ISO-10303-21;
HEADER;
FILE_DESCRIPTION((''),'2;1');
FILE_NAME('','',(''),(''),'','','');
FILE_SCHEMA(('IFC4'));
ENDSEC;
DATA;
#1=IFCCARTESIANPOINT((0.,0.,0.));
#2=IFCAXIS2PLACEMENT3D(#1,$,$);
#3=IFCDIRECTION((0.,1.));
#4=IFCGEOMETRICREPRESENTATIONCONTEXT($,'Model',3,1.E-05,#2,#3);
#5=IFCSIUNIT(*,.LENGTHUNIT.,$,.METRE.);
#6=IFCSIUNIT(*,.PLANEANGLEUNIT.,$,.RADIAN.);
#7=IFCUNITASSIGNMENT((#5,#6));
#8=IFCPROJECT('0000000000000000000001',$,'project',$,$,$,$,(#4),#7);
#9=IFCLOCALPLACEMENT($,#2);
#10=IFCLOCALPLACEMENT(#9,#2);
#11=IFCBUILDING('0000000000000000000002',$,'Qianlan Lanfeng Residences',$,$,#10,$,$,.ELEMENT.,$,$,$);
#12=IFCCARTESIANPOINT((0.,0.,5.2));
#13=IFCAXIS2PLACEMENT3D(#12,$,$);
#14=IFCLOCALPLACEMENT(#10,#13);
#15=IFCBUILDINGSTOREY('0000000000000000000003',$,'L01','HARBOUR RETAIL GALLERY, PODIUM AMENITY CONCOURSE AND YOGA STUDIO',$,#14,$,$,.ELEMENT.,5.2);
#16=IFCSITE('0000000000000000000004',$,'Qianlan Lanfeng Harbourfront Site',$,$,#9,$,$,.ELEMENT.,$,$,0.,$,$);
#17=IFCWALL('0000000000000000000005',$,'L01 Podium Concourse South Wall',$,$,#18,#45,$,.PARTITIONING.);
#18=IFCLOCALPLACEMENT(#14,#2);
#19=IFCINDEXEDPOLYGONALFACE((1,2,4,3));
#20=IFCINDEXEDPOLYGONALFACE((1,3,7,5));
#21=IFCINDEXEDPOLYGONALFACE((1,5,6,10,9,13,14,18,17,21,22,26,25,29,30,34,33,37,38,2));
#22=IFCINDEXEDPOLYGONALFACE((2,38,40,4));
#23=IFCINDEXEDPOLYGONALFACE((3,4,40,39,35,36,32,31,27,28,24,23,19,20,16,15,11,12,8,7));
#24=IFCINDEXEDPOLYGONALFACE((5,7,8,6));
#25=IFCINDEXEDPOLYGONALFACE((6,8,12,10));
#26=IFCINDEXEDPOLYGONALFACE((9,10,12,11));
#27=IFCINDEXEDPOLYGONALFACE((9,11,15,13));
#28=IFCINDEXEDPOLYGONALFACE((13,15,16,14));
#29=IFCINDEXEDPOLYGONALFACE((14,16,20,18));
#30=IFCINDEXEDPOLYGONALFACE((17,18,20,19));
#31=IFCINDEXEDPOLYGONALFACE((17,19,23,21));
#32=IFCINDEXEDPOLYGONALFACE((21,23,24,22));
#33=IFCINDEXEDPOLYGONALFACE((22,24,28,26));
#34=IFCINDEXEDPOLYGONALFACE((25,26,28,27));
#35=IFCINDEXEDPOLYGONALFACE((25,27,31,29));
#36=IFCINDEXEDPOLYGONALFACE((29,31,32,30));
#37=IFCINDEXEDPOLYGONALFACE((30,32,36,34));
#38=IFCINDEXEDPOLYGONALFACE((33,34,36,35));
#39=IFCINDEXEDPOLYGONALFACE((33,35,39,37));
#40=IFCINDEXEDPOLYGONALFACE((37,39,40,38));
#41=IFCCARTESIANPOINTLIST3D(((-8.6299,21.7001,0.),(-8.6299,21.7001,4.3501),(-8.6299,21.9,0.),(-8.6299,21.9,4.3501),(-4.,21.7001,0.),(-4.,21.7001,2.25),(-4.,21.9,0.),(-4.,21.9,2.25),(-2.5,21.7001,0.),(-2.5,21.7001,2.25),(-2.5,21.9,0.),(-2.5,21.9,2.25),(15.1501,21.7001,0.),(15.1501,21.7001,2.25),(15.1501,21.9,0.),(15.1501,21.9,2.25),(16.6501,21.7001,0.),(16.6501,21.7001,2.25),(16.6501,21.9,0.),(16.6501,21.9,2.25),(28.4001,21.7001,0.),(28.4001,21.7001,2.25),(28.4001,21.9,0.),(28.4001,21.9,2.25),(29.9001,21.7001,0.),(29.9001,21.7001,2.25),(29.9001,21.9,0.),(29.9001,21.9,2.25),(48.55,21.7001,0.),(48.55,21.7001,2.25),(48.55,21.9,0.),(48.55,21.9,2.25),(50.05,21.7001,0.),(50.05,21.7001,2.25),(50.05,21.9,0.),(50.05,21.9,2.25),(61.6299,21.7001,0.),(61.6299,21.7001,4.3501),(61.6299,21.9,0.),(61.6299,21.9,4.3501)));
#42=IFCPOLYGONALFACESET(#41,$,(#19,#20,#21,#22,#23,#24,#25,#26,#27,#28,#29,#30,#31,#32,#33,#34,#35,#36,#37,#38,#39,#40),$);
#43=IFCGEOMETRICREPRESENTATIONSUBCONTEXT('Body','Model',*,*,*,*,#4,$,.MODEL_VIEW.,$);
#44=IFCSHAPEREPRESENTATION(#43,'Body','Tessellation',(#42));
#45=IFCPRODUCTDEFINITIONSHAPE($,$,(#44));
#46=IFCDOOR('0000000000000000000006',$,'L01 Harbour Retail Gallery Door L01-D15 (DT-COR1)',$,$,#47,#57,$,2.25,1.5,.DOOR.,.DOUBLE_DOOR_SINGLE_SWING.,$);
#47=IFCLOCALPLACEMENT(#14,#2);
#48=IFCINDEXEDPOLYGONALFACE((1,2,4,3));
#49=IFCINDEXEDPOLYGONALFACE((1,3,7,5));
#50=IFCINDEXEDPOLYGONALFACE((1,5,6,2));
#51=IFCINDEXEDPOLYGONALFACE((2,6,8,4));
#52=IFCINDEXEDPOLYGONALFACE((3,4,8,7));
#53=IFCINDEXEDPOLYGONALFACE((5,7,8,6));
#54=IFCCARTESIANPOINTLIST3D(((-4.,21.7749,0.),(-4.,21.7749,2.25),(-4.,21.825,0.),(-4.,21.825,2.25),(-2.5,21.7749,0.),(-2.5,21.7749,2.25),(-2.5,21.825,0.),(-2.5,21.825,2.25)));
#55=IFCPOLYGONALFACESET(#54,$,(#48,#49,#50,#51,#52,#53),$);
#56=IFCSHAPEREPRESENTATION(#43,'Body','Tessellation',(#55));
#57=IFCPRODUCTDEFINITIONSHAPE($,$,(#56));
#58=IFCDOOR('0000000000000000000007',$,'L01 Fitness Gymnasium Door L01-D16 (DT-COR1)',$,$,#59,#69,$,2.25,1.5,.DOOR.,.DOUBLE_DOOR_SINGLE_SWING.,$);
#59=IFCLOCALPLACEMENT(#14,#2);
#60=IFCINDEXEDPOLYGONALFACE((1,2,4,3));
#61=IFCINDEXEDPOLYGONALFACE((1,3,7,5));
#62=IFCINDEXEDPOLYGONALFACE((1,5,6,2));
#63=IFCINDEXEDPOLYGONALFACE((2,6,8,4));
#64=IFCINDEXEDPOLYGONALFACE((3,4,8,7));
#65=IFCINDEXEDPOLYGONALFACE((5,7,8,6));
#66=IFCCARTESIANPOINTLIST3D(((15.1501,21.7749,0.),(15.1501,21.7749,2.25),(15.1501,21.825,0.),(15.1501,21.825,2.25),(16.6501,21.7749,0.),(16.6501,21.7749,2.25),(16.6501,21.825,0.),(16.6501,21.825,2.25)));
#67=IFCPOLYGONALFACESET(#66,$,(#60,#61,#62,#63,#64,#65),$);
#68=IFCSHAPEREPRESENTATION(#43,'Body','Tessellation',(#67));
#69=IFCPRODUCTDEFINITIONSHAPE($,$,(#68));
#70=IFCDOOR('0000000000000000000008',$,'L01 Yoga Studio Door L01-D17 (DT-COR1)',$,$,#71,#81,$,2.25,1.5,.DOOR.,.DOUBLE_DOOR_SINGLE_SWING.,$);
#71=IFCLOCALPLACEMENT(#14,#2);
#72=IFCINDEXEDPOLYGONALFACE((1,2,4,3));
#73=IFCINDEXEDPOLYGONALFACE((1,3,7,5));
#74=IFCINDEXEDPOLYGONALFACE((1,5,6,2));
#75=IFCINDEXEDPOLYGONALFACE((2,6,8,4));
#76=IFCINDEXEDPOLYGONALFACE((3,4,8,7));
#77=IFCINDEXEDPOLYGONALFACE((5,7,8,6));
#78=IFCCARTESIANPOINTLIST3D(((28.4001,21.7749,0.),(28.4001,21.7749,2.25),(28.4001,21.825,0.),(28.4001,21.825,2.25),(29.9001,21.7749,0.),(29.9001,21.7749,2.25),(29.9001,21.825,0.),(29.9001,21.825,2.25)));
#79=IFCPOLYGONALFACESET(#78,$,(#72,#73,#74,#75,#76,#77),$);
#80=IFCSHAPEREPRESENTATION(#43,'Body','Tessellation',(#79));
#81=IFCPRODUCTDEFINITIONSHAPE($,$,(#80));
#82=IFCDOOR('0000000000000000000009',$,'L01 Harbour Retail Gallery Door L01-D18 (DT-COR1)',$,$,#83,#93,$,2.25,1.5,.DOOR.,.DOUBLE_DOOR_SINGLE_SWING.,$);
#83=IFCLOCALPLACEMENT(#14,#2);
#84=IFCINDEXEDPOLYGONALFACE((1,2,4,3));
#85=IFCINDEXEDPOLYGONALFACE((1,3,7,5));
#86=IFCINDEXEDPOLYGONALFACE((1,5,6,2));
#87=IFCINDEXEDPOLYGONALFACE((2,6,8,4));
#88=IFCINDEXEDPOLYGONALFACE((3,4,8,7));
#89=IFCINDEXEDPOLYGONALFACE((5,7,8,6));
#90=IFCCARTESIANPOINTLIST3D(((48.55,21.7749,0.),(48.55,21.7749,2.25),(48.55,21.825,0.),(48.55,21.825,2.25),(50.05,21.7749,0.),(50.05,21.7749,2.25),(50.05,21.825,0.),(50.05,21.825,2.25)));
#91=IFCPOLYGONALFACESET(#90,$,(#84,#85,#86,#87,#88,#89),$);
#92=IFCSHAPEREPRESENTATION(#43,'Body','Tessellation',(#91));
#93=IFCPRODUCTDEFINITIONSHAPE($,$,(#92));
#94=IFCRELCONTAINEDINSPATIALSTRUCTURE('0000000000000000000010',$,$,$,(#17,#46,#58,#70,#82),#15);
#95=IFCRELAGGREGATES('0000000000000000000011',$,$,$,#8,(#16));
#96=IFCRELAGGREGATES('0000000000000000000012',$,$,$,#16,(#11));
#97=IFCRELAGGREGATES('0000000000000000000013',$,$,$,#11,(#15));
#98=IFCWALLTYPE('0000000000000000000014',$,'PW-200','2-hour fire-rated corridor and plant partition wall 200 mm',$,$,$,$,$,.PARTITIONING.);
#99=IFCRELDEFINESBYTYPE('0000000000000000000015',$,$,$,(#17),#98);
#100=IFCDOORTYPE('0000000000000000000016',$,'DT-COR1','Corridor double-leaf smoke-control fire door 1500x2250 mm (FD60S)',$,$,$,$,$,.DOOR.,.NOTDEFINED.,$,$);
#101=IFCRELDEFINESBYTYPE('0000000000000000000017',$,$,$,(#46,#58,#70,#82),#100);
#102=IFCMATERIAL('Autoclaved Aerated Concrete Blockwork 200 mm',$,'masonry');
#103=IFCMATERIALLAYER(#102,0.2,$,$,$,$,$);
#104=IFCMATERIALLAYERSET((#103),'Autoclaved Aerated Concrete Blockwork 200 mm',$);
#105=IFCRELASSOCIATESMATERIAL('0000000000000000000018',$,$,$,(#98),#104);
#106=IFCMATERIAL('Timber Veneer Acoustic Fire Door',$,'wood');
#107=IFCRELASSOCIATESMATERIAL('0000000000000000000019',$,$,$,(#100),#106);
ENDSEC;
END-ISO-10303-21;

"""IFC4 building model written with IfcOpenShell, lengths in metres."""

from ifc_helpers import new_model, si_unit, direction, frame, frame_2d, origin, place, context, subcontext, project, spatial, rectangle, extrude, material, layer, layer_set, type_object, element, fill, save


model = new_model("IFC4")

# Units and contexts
model_context = context("Model", 3, precision=1e-05, world=origin(), true_north=direction((0.0, 1.0)))
body_context = subcontext(model_context, "Body", "Model", "MODEL_VIEW")
ifc_project = project(units=[si_unit("LENGTHUNIT", "METRE"), si_unit("PLANEANGLEUNIT", "RADIAN")], contexts=[model_context])

# Site, building, storey
site_placement = place(None, origin())
site = spatial("IfcSite", under=ifc_project, at=site_placement, Name="Qianlan Lanfeng Harbourfront Site", CompositionType="ELEMENT", RefElevation=0.0)
building_placement = place(site_placement, origin())
building = spatial("IfcBuilding", under=site, at=building_placement, Name="Qianlan Lanfeng Residences", CompositionType="ELEMENT")
storey_placement = place(building_placement, frame((0.0, 0.0, 5.2)))
storey = spatial("IfcBuildingStorey", under=building, at=storey_placement, Name="L01", Description="HARBOUR RETAIL GALLERY, PODIUM AMENITY CONCOURSE AND YOGA STUDIO", CompositionType="ELEMENT", Elevation=5.2)

# Wall, openings, doors
ifc_material_1 = material(Name="Autoclaved Aerated Concrete Blockwork 200 mm", Category="masonry")
ifc_layer_1 = layer(ifc_material_1, 0.2)
ifc_layer_set_1 = layer_set([ifc_layer_1], Name="Autoclaved Aerated Concrete Blockwork 200 mm")
wall_type = type_object("IfcWallType", Name="PW-200", Description="2-hour fire-rated corridor and plant partition wall 200 mm", PredefinedType="PARTITIONING", material=ifc_layer_set_1)
wall_placement = place(storey_placement, frame((-8.6299, 21.8, 0.0), z_axis=(0.0, 0.0, 1.0), x_axis=(1.0, 0.0, 0.0)))
wall = element("IfcWall", 1, at=wall_placement, inside=storey, type_object=wall_type, Name="L01 Podium Concourse South Wall", PredefinedType="PARTITIONING", context=body_context, shape_type="SweptSolid", body=[
    extrude(rectangle(XDim=70.2598, YDim=0.2, at=frame_2d((35.1299, 0.0))), origin(), (0.0, 0.0, 1.0), 4.3501),
])
opening_1_placement = place(wall_placement, frame((4.6299, 0.0, 0.0)))
opening_1 = element("IfcOpeningElement", 2, at=opening_1_placement, cuts=wall, PredefinedType="OPENING", context=body_context, shape_type="SweptSolid", body=[
    extrude(rectangle(XDim=1.5, YDim=2.25, at=frame_2d((0.75, 1.125))), frame((0.0, 0.1099, 0.0), z_axis=(0.0, -1.0, 0.0), x_axis=(1.0, 0.0, 0.0)), (0.0, 0.0, 1.0), 0.22),
])
opening_2_placement = place(wall_placement, frame((23.78, 0.0, 0.0)))
opening_2 = element("IfcOpeningElement", 3, at=opening_2_placement, cuts=wall, PredefinedType="OPENING", context=body_context, shape_type="SweptSolid", body=[
    extrude(rectangle(XDim=1.5, YDim=2.25, at=frame_2d((0.75, 1.125))), frame((0.0, 0.1099, 0.0), z_axis=(0.0, -1.0, 0.0), x_axis=(1.0, 0.0, 0.0)), (0.0, 0.0, 1.0), 0.22),
])
opening_3_placement = place(wall_placement, frame((37.03, 0.0, 0.0)))
opening_3 = element("IfcOpeningElement", 4, at=opening_3_placement, cuts=wall, PredefinedType="OPENING", context=body_context, shape_type="SweptSolid", body=[
    extrude(rectangle(XDim=1.5, YDim=2.25, at=frame_2d((0.75, 1.125))), frame((0.0, 0.1099, 0.0), z_axis=(0.0, -1.0, 0.0), x_axis=(1.0, 0.0, 0.0)), (0.0, 0.0, 1.0), 0.22),
])
opening_4_placement = place(wall_placement, frame((57.1799, 0.0, 0.0)))
opening_4 = element("IfcOpeningElement", 5, at=opening_4_placement, cuts=wall, PredefinedType="OPENING", context=body_context, shape_type="SweptSolid", body=[
    extrude(rectangle(XDim=1.5, YDim=2.25, at=frame_2d((0.75, 1.125))), frame((0.0, 0.1099, 0.0), z_axis=(0.0, -1.0, 0.0), x_axis=(1.0, 0.0, 0.0)), (0.0, 0.0, 1.0), 0.22),
])
ifc_material_2 = material(Name="Timber Veneer Acoustic Fire Door", Category="wood")
door_type = type_object("IfcDoorType", Name="DT-COR1", Description="Corridor double-leaf smoke-control fire door 1500x2250 mm (FD60S)", OperationType="NOTDEFINED", PredefinedType="DOOR", material=ifc_material_2)
door_1_placement = place(opening_1_placement, origin())
door_1 = element("IfcDoor", 6, at=door_1_placement, inside=storey, type_object=door_type, Name="L01 Harbour Retail Gallery Door L01-D15 (DT-COR1)", OperationType="DOUBLE_DOOR_SINGLE_SWING", OverallHeight=2.25, OverallWidth=1.5, PredefinedType="DOOR", context=body_context, shape_type="SweptSolid", body=[
    extrude(rectangle(XDim=1.5, YDim=2.25, at=frame_2d((0.75, 1.125))), frame((0.0, 0.0249, 0.0), z_axis=(0.0, -1.0, 0.0), x_axis=(1.0, 0.0, 0.0)), (0.0, 0.0, 1.0), 0.05),
])
fill(opening_1, door_1)
door_2_placement = place(opening_2_placement, origin())
door_2 = element("IfcDoor", 7, at=door_2_placement, inside=storey, type_object=door_type, Name="L01 Fitness Gymnasium Door L01-D16 (DT-COR1)", OperationType="DOUBLE_DOOR_SINGLE_SWING", OverallHeight=2.25, OverallWidth=1.5, PredefinedType="DOOR", context=body_context, shape_type="SweptSolid", body=[
    extrude(rectangle(XDim=1.5, YDim=2.25, at=frame_2d((0.75, 1.125))), frame((0.0, 0.0249, 0.0), z_axis=(0.0, -1.0, 0.0), x_axis=(1.0, 0.0, 0.0)), (0.0, 0.0, 1.0), 0.05),
])
fill(opening_2, door_2)
door_3_placement = place(opening_3_placement, origin())
door_3 = element("IfcDoor", 8, at=door_3_placement, inside=storey, type_object=door_type, Name="L01 Yoga Studio Door L01-D17 (DT-COR1)", OperationType="DOUBLE_DOOR_SINGLE_SWING", OverallHeight=2.25, OverallWidth=1.5, PredefinedType="DOOR", context=body_context, shape_type="SweptSolid", body=[
    extrude(rectangle(XDim=1.5, YDim=2.25, at=frame_2d((0.75, 1.125))), frame((0.0, 0.0249, 0.0), z_axis=(0.0, -1.0, 0.0), x_axis=(1.0, 0.0, 0.0)), (0.0, 0.0, 1.0), 0.05),
])
fill(opening_3, door_3)
door_4_placement = place(opening_4_placement, origin())
door_4 = element("IfcDoor", 9, at=door_4_placement, inside=storey, type_object=door_type, Name="L01 Harbour Retail Gallery Door L01-D18 (DT-COR1)", OperationType="DOUBLE_DOOR_SINGLE_SWING", OverallHeight=2.25, OverallWidth=1.5, PredefinedType="DOOR", context=body_context, shape_type="SweptSolid", body=[
    extrude(rectangle(XDim=1.5, YDim=2.25, at=frame_2d((0.75, 1.125))), frame((0.0, 0.0249, 0.0), z_axis=(0.0, -1.0, 0.0), x_axis=(1.0, 0.0, 0.0)), (0.0, 0.0, 1.0), 0.05),
])
fill(opening_4, door_4)

save(model, "model.ifc")
